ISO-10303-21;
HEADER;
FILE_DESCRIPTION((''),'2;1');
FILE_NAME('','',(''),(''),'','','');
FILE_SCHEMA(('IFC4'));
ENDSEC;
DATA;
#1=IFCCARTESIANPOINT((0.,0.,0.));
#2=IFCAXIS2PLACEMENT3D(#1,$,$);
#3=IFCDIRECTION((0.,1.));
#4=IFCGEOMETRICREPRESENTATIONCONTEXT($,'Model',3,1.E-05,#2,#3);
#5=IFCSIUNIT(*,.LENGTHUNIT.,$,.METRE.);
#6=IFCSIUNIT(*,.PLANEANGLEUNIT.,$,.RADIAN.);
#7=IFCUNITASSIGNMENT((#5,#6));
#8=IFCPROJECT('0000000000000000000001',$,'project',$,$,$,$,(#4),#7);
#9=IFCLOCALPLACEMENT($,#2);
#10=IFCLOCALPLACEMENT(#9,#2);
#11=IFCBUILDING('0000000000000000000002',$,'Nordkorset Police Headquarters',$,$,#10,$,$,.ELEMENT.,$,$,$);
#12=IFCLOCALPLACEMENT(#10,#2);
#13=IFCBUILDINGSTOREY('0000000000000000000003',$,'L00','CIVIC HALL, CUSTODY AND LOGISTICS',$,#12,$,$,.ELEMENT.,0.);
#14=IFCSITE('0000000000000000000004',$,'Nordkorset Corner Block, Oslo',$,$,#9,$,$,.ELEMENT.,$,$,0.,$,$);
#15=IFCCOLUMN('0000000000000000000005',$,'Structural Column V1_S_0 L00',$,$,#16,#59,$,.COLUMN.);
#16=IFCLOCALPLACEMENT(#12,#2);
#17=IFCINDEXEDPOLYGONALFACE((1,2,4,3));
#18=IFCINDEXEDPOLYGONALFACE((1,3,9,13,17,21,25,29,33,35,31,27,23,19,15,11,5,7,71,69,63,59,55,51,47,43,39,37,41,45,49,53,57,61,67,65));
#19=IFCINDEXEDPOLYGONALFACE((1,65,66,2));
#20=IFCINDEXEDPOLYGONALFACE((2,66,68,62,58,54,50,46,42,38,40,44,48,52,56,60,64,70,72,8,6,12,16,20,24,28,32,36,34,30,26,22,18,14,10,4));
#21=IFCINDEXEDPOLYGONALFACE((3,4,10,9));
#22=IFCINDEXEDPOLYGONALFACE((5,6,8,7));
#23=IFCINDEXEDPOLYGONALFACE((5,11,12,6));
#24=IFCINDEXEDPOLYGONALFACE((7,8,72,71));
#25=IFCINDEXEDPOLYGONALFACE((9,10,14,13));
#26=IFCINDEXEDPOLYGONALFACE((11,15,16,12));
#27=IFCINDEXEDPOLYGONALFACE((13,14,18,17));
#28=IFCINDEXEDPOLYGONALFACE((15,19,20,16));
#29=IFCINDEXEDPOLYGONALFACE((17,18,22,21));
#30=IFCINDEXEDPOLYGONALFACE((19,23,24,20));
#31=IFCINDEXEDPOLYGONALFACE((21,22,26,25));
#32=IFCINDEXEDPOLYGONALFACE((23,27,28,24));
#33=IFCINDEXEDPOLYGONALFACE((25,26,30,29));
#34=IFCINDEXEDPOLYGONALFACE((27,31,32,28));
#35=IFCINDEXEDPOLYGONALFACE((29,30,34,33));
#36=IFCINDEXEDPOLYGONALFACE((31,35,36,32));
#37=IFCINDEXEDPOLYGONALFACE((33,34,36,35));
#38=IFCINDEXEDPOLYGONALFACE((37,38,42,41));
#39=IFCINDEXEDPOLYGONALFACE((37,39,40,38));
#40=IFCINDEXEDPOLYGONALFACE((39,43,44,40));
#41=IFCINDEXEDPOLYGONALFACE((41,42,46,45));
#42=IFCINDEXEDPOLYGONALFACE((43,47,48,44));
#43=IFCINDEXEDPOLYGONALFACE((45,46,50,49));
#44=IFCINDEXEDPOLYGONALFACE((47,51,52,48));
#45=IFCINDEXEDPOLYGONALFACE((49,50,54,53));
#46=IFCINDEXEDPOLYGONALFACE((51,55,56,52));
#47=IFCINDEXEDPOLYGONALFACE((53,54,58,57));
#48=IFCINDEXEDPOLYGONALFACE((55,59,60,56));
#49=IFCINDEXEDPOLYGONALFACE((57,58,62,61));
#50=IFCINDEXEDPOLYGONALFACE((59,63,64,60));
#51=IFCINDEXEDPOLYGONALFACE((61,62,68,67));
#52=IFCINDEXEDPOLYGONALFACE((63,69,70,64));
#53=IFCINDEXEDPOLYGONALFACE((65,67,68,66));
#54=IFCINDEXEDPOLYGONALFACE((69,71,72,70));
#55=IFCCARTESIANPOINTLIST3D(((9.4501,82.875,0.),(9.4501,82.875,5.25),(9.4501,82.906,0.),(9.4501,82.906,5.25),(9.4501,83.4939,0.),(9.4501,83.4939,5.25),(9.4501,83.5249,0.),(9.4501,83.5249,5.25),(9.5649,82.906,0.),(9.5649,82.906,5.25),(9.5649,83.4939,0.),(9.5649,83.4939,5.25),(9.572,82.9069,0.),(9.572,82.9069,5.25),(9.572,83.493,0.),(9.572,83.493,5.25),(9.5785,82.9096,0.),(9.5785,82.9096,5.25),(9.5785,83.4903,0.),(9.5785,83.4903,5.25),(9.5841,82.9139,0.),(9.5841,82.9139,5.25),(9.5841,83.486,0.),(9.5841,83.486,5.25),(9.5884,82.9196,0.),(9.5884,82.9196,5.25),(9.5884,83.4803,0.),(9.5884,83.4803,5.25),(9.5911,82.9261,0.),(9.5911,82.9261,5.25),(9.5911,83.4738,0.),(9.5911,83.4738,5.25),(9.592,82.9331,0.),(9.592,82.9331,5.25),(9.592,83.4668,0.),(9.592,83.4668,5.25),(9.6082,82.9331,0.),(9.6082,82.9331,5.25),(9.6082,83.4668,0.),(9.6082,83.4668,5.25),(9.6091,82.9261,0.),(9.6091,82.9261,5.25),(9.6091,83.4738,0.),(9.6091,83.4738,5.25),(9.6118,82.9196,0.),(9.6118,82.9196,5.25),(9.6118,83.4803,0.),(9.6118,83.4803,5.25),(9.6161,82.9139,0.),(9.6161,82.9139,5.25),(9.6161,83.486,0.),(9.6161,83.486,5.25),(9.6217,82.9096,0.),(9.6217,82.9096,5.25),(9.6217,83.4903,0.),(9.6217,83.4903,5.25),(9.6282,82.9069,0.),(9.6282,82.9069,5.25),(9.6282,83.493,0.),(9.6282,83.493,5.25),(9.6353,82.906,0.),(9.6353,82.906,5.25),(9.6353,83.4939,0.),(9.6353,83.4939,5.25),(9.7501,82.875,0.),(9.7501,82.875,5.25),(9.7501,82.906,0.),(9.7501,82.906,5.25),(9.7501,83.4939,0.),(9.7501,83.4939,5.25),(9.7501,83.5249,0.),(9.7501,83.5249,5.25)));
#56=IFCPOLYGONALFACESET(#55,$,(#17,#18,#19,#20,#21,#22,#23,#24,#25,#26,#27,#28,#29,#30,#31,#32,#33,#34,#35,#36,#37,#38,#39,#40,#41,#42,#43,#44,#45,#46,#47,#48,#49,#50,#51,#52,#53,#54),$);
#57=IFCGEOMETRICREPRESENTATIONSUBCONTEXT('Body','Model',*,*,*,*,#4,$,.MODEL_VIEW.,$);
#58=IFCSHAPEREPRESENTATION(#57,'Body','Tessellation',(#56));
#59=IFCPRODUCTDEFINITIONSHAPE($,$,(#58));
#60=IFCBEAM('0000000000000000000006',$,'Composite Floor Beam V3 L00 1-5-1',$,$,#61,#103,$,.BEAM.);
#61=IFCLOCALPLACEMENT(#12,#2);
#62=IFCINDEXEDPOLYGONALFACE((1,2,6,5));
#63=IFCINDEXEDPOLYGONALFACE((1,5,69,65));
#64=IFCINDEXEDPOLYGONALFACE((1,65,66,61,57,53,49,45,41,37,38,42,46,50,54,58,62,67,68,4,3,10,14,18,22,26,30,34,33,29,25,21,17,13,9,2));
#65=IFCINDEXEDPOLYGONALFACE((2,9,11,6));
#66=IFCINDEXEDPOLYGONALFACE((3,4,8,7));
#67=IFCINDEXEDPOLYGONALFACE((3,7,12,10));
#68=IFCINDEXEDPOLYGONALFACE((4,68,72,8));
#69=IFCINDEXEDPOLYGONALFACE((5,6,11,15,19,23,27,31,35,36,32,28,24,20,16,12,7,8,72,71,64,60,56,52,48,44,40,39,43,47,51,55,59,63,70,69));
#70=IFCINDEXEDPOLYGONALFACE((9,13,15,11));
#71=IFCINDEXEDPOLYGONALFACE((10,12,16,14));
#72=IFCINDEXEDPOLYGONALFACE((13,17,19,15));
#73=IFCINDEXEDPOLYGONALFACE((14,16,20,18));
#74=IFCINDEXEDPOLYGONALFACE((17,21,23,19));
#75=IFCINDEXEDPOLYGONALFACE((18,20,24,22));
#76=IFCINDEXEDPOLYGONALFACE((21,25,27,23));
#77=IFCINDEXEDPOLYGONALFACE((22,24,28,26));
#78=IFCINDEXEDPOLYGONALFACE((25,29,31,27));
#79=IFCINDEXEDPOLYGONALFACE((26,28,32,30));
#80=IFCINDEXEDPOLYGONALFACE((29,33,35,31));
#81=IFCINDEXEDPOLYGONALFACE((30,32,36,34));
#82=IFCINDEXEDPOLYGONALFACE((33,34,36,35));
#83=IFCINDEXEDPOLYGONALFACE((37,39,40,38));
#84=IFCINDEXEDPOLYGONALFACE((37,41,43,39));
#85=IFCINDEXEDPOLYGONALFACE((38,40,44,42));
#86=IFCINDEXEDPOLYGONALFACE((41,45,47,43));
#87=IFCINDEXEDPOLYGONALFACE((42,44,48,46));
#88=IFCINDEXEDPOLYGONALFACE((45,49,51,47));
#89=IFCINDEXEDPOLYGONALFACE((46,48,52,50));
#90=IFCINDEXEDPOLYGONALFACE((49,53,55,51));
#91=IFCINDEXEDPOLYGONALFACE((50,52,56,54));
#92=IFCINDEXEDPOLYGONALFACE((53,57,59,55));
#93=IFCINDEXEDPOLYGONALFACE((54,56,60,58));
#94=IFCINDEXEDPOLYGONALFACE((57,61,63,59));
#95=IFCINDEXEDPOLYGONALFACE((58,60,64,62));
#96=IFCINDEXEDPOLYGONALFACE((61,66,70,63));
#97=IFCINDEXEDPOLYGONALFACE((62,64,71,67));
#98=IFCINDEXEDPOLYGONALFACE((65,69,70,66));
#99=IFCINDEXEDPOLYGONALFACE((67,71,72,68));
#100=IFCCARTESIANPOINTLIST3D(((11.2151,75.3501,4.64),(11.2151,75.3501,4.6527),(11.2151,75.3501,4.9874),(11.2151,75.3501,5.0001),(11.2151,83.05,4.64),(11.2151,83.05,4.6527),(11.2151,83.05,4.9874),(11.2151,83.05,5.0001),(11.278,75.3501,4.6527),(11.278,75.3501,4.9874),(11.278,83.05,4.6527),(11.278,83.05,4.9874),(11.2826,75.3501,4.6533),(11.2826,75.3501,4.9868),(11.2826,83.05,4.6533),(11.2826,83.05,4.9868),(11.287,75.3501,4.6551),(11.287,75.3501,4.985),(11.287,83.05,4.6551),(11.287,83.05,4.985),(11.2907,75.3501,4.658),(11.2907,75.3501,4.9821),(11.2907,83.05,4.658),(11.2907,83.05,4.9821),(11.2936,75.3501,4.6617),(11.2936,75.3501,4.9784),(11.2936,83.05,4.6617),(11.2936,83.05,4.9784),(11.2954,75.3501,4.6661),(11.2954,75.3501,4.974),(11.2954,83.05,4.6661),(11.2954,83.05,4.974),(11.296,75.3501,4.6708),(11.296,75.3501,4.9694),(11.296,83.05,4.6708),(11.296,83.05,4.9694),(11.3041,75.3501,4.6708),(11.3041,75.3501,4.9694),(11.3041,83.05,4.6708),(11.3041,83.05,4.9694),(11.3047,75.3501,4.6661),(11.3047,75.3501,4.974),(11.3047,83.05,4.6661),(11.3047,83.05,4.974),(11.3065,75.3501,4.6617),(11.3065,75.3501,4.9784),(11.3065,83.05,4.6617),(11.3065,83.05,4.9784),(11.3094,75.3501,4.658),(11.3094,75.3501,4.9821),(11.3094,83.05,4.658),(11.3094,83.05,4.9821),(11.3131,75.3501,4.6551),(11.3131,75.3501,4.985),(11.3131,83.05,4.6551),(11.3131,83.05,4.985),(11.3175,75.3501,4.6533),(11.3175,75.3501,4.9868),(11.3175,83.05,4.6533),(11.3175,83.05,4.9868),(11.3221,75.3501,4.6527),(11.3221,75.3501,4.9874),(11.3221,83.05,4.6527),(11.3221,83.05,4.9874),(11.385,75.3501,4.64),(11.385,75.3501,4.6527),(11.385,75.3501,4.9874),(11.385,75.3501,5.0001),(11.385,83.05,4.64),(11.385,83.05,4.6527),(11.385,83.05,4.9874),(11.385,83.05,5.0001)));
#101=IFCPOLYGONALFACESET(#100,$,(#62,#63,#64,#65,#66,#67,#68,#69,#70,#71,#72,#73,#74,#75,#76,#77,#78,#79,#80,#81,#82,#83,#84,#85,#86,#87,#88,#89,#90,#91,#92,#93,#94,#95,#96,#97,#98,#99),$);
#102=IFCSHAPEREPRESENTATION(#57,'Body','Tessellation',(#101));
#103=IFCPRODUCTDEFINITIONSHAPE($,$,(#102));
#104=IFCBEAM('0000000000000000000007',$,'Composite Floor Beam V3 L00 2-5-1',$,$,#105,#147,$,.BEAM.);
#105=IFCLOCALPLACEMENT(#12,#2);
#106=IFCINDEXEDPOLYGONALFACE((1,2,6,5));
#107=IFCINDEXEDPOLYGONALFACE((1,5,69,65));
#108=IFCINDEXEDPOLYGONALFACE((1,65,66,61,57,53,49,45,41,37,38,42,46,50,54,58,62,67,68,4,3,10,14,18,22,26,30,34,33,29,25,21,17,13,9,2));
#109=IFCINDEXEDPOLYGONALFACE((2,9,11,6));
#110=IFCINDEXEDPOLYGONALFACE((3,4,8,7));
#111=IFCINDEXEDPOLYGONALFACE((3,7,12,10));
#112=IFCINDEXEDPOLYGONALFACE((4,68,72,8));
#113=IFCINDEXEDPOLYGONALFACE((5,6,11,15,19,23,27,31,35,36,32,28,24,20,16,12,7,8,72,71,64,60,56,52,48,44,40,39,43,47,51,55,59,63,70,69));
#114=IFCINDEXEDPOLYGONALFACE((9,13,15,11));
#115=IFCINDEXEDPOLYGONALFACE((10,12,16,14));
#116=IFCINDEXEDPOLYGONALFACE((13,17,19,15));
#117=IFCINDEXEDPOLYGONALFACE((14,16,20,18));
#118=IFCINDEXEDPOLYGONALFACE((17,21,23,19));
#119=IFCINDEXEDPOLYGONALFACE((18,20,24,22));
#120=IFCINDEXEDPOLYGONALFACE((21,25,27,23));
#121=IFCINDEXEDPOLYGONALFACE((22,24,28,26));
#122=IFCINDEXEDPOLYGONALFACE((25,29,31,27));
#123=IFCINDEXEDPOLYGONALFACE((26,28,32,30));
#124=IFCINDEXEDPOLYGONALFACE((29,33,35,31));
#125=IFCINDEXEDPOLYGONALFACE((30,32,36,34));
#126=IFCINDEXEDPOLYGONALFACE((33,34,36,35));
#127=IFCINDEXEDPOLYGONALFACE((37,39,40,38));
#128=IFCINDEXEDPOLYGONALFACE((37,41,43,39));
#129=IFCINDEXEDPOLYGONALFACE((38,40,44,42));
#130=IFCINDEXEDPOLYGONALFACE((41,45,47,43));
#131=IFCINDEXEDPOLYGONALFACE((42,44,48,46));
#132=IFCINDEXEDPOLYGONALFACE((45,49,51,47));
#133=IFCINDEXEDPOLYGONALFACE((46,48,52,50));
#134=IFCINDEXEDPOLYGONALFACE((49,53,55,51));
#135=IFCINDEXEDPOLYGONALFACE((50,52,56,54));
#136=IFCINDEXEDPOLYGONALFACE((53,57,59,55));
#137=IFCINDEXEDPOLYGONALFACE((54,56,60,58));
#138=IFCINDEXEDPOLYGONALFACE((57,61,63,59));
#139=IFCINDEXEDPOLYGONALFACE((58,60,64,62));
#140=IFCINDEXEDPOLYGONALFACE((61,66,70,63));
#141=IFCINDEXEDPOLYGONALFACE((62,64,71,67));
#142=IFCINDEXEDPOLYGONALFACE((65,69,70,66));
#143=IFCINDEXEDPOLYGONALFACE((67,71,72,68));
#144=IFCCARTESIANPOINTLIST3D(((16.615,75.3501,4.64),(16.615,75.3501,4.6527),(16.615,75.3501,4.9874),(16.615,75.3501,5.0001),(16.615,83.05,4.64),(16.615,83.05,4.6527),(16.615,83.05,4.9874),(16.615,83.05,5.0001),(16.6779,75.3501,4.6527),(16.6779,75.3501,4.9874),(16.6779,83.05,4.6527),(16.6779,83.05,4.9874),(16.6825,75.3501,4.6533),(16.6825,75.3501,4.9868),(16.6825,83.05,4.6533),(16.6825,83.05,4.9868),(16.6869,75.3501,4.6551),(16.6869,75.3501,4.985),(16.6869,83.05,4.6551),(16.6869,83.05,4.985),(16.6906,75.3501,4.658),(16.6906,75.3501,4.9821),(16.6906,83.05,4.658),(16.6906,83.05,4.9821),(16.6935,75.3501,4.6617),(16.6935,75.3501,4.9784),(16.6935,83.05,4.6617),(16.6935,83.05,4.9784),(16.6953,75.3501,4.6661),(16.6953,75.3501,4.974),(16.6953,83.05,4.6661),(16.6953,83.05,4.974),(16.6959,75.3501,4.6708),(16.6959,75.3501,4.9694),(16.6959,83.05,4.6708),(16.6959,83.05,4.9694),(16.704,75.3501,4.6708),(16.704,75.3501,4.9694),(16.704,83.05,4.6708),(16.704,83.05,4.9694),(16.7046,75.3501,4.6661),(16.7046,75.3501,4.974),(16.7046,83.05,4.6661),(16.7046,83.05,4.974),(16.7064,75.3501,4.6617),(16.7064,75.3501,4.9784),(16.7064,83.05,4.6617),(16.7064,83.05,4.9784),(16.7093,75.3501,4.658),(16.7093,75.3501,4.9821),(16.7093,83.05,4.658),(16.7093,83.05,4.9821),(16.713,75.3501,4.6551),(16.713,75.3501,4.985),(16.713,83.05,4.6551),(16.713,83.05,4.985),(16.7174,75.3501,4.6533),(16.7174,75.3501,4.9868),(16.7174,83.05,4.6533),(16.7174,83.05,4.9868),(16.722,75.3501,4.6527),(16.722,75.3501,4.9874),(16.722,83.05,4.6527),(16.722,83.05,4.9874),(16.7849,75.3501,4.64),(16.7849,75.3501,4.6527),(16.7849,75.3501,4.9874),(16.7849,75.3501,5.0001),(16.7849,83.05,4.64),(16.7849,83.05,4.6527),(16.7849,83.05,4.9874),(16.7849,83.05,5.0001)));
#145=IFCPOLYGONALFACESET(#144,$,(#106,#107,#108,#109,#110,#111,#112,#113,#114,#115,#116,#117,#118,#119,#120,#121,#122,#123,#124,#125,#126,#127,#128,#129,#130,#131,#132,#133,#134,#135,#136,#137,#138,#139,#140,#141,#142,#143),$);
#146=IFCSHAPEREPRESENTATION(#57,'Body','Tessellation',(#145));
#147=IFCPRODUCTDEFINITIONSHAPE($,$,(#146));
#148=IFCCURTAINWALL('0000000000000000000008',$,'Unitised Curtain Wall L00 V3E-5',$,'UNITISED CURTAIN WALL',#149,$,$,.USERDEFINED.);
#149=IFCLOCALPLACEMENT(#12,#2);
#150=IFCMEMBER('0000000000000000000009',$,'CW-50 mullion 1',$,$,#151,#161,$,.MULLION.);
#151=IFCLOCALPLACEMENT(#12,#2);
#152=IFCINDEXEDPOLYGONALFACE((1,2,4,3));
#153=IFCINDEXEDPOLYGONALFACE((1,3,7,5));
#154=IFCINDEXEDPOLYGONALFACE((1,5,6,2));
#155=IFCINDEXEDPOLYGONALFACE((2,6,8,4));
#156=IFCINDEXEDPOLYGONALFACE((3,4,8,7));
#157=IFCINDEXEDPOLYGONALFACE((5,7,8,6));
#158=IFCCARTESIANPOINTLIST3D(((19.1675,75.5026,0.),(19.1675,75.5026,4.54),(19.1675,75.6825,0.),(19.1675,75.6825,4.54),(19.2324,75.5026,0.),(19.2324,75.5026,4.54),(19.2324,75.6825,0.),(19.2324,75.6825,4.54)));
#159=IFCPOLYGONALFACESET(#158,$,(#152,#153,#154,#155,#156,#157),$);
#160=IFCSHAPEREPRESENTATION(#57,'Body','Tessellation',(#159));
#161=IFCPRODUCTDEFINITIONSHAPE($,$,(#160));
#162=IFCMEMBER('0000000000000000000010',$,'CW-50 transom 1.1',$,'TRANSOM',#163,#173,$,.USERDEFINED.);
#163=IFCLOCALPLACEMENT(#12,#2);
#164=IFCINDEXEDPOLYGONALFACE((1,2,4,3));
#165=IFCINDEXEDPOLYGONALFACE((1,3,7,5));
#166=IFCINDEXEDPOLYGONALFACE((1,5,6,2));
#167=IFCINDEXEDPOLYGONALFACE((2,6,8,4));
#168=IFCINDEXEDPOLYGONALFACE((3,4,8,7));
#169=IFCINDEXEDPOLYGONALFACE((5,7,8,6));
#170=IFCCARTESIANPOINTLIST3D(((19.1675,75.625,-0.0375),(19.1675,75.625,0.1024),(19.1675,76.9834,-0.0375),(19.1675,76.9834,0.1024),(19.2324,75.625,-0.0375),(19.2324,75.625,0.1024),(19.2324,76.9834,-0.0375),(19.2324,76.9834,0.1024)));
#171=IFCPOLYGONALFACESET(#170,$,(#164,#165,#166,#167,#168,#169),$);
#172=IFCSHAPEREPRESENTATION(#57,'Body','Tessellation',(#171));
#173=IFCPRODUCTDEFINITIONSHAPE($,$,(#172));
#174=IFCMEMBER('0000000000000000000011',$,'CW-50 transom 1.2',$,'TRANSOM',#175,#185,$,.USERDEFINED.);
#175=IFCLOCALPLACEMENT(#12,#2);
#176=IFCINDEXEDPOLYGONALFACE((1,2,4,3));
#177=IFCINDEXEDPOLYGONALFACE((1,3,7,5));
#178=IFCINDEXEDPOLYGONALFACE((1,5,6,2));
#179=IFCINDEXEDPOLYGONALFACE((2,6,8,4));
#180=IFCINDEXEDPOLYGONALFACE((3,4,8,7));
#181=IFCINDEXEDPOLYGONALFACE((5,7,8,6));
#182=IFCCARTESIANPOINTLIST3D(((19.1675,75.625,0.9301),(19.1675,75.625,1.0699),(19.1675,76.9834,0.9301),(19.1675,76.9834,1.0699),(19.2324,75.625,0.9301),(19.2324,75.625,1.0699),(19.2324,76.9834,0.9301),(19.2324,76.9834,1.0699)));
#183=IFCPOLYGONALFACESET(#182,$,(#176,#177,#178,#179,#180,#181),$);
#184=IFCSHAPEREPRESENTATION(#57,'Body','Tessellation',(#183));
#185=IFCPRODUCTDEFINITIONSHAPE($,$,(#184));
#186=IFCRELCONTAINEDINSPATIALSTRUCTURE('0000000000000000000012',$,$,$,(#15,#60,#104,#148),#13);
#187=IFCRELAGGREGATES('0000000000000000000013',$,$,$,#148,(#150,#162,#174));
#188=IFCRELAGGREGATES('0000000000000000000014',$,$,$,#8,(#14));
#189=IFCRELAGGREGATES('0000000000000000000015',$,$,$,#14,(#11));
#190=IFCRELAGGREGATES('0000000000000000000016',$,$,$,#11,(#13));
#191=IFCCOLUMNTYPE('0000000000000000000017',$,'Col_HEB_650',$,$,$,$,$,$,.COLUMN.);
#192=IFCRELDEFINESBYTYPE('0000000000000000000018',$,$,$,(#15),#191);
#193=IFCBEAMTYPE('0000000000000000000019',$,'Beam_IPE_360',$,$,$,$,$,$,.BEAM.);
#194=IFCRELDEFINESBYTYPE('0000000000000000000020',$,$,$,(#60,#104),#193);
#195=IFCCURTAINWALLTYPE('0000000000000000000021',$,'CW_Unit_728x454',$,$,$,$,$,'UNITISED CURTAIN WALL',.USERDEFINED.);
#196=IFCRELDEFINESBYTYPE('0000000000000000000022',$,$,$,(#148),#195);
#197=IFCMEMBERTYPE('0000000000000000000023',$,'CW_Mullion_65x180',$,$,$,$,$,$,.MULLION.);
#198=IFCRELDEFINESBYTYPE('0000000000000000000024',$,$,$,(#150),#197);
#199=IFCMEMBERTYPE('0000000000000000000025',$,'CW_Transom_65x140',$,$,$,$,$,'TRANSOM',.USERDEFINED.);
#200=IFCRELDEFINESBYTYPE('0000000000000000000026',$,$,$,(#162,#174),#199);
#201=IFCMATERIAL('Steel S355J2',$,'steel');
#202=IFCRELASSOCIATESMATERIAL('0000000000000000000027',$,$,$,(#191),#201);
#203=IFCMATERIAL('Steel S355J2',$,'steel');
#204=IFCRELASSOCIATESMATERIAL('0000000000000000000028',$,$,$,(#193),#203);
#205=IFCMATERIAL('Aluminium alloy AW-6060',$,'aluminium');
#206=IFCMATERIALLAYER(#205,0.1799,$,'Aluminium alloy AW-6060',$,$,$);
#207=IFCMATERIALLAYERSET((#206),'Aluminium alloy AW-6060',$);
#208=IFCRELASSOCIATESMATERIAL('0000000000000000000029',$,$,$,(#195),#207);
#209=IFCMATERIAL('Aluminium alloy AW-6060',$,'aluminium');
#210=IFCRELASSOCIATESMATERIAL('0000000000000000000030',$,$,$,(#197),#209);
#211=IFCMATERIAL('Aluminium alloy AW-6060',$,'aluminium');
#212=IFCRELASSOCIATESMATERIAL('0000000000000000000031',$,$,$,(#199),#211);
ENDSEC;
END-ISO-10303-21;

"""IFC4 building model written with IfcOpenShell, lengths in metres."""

from ifc_helpers import new_model, si_unit, direction, frame, origin, origin_2d, place, context, subcontext, project, spatial, rectangle, i_section, extrude, material, layer, layer_set, material_profile, profile_set, type_object, element, aggregate, save


model = new_model("IFC4")

# Units and contexts
model_context = context("Model", 3, precision=1e-05, world=origin(), true_north=direction((0.0, 1.0)))
body_context = subcontext(model_context, "Body", "Model", "MODEL_VIEW")
ifc_project = project(units=[si_unit("LENGTHUNIT", "METRE"), si_unit("PLANEANGLEUNIT", "RADIAN")], contexts=[model_context])

# Site, building, storey
site_placement = place(None, origin())
site = spatial("IfcSite", under=ifc_project, at=site_placement, Name="Nordkorset Corner Block, Oslo", CompositionType="ELEMENT", RefElevation=0.0)
building_placement = place(site_placement, origin())
building = spatial("IfcBuilding", under=site, at=building_placement, Name="Nordkorset Police Headquarters", CompositionType="ELEMENT")
storey_placement = place(building_placement, origin())
storey = spatial("IfcBuildingStorey", under=building, at=storey_placement, Name="L00", Description="CIVIC HALL, CUSTODY AND LOGISTICS", CompositionType="ELEMENT", Elevation=0.0)

# Column
ifc_material_1 = material(Name="Steel S355J2", Category="steel")
ifc_material_profile_1 = material_profile(ifc_material_1, i_section(OverallWidth=0.3, OverallDepth=0.6499, WebThickness=0.0161, FlangeThickness=0.031, FilletRadius=0.0271, at=origin_2d()), Name="HEB 650")
ifc_profile_set_1 = profile_set([ifc_material_profile_1], Name="Steel S355J2")
column_type_1 = type_object("IfcColumnType", Name="Col_HEB_650", PredefinedType="COLUMN", material=ifc_profile_set_1)
column_1_placement = place(storey_placement, frame((9.6001, 83.2, 0.0), z_axis=(0.0, 0.0, 1.0), x_axis=(1.0, 0.0, 0.0)))
element("IfcColumn", 1, at=column_1_placement, inside=storey, type_object=column_type_1, Name="Structural Column V1_S_0 L00", PredefinedType="COLUMN", context=body_context, shape_type="SweptSolid", body=[
    extrude(i_section(OverallWidth=0.3, OverallDepth=0.6499, WebThickness=0.0161, FlangeThickness=0.031, FilletRadius=0.0271, at=origin_2d()), origin(), (0.0, 0.0, 1.0), 5.25),
])

# Beams
ifc_material_2 = material(Name="Steel S355J2", Category="steel")
ifc_material_profile_2 = material_profile(ifc_material_2, i_section(OverallWidth=0.1699, OverallDepth=0.3601, WebThickness=0.0081, FlangeThickness=0.0127, FilletRadius=0.0181, at=origin_2d()), Name="IPE 360")
ifc_profile_set_2 = profile_set([ifc_material_profile_2], Name="Steel S355J2")
beam_type_1 = type_object("IfcBeamType", Name="Beam_IPE_360", PredefinedType="BEAM", material=ifc_profile_set_2)
for number, where, z_axis, x_axis, name in (
    (2, (11.3, 75.3501, 4.8201), (0.0, 1.0, 0.0), (-1.0, 0.0, 0.0), "Composite Floor Beam V3 L00 1-5-1"),
    (3, (16.7, 75.3501, 4.8201), (0.0, 1.0, 0.0), (-1.0, 0.0, 0.0), "Composite Floor Beam V3 L00 2-5-1"),
):
    element("IfcBeam", number, at=place(storey_placement, frame(where, z_axis=z_axis, x_axis=x_axis)), inside=storey, type_object=beam_type_1, Name=name, PredefinedType="BEAM", context=body_context, shape_type="SweptSolid", body=[
        extrude(i_section(OverallWidth=0.1699, OverallDepth=0.3601, WebThickness=0.0081, FlangeThickness=0.0127, FilletRadius=0.0181, at=origin_2d()), origin(), (0.0, 0.0, 1.0), 7.7),
    ])

# Curtain wall, members
ifc_material_3 = material(Name="Aluminium alloy AW-6060", Category="aluminium")
ifc_layer_1 = layer(ifc_material_3, 0.1799, Name="Aluminium alloy AW-6060")
ifc_layer_set_1 = layer_set([ifc_layer_1], Name="Aluminium alloy AW-6060")
curtain_wall_type = type_object("IfcCurtainWallType", Name="CW_Unit_728x454", ElementType="UNITISED CURTAIN WALL", PredefinedType="USERDEFINED", material=ifc_layer_set_1)
curtain_wall_placement = place(storey_placement, origin())
curtain_wall = element("IfcCurtainWall", 4, at=curtain_wall_placement, inside=storey, type_object=curtain_wall_type, Name="Unitised Curtain Wall L00 V3E-5", ObjectType="UNITISED CURTAIN WALL", PredefinedType="USERDEFINED")
ifc_material_4 = material(Name="Aluminium alloy AW-6060", Category="aluminium")
ifc_material_profile_3 = material_profile(ifc_material_4, rectangle(XDim=0.0649, YDim=0.1799, at=origin_2d()), Name="ALU MULL 65x180")
ifc_profile_set_3 = profile_set([ifc_material_profile_3], Name="Aluminium alloy AW-6060")
member_type_1 = type_object("IfcMemberType", Name="CW_Mullion_65x180", PredefinedType="MULLION", material=ifc_profile_set_3)
member_1_placement = place(storey_placement, frame((19.2, 75.5925, 0.0), z_axis=(0.0, 0.0, 1.0), x_axis=(-1.0, 0.0, 0.0)))
member_1 = element("IfcMember", 5, at=member_1_placement, type_object=member_type_1, Name="CW-50 mullion 1", PredefinedType="MULLION", context=body_context, shape_type="SweptSolid", body=[
    extrude(rectangle(XDim=0.0649, YDim=0.1799, at=origin_2d()), origin(), (0.0, 0.0, 1.0), 4.54),
])
ifc_material_5 = material(Name="Aluminium alloy AW-6060", Category="aluminium")
ifc_material_profile_4 = material_profile(ifc_material_5, rectangle(XDim=0.0649, YDim=0.1399, at=origin_2d()), Name="ALU TRAN 65x140")
ifc_profile_set_4 = profile_set([ifc_material_profile_4], Name="Aluminium alloy AW-6060")
member_type_2 = type_object("IfcMemberType", Name="CW_Transom_65x140", ElementType="TRANSOM", PredefinedType="USERDEFINED", material=ifc_profile_set_4)
member_2_placement = place(storey_placement, frame((19.2, 75.625, 0.0325), z_axis=(0.0, 1.0, 0.0), x_axis=(-1.0, 0.0, 0.0)))
member_2 = element("IfcMember", 6, at=member_2_placement, type_object=member_type_2, Name="CW-50 transom 1.1", ObjectType="TRANSOM", PredefinedType="USERDEFINED", context=body_context, shape_type="SweptSolid", body=[
    extrude(rectangle(XDim=0.0649, YDim=0.1399, at=origin_2d()), origin(), (0.0, 0.0, 1.0), 1.3584),
])
member_3_placement = place(storey_placement, frame((19.2, 75.625, 1.0), z_axis=(0.0, 1.0, 0.0), x_axis=(-1.0, 0.0, 0.0)))
member_3 = element("IfcMember", 7, at=member_3_placement, type_object=member_type_2, Name="CW-50 transom 1.2", ObjectType="TRANSOM", PredefinedType="USERDEFINED", context=body_context, shape_type="SweptSolid", body=[
    extrude(rectangle(XDim=0.0649, YDim=0.1399, at=origin_2d()), origin(), (0.0, 0.0, 1.0), 1.3584),
])
aggregate(curtain_wall, [member_1, member_2, member_3])

save(model, "model.ifc")
